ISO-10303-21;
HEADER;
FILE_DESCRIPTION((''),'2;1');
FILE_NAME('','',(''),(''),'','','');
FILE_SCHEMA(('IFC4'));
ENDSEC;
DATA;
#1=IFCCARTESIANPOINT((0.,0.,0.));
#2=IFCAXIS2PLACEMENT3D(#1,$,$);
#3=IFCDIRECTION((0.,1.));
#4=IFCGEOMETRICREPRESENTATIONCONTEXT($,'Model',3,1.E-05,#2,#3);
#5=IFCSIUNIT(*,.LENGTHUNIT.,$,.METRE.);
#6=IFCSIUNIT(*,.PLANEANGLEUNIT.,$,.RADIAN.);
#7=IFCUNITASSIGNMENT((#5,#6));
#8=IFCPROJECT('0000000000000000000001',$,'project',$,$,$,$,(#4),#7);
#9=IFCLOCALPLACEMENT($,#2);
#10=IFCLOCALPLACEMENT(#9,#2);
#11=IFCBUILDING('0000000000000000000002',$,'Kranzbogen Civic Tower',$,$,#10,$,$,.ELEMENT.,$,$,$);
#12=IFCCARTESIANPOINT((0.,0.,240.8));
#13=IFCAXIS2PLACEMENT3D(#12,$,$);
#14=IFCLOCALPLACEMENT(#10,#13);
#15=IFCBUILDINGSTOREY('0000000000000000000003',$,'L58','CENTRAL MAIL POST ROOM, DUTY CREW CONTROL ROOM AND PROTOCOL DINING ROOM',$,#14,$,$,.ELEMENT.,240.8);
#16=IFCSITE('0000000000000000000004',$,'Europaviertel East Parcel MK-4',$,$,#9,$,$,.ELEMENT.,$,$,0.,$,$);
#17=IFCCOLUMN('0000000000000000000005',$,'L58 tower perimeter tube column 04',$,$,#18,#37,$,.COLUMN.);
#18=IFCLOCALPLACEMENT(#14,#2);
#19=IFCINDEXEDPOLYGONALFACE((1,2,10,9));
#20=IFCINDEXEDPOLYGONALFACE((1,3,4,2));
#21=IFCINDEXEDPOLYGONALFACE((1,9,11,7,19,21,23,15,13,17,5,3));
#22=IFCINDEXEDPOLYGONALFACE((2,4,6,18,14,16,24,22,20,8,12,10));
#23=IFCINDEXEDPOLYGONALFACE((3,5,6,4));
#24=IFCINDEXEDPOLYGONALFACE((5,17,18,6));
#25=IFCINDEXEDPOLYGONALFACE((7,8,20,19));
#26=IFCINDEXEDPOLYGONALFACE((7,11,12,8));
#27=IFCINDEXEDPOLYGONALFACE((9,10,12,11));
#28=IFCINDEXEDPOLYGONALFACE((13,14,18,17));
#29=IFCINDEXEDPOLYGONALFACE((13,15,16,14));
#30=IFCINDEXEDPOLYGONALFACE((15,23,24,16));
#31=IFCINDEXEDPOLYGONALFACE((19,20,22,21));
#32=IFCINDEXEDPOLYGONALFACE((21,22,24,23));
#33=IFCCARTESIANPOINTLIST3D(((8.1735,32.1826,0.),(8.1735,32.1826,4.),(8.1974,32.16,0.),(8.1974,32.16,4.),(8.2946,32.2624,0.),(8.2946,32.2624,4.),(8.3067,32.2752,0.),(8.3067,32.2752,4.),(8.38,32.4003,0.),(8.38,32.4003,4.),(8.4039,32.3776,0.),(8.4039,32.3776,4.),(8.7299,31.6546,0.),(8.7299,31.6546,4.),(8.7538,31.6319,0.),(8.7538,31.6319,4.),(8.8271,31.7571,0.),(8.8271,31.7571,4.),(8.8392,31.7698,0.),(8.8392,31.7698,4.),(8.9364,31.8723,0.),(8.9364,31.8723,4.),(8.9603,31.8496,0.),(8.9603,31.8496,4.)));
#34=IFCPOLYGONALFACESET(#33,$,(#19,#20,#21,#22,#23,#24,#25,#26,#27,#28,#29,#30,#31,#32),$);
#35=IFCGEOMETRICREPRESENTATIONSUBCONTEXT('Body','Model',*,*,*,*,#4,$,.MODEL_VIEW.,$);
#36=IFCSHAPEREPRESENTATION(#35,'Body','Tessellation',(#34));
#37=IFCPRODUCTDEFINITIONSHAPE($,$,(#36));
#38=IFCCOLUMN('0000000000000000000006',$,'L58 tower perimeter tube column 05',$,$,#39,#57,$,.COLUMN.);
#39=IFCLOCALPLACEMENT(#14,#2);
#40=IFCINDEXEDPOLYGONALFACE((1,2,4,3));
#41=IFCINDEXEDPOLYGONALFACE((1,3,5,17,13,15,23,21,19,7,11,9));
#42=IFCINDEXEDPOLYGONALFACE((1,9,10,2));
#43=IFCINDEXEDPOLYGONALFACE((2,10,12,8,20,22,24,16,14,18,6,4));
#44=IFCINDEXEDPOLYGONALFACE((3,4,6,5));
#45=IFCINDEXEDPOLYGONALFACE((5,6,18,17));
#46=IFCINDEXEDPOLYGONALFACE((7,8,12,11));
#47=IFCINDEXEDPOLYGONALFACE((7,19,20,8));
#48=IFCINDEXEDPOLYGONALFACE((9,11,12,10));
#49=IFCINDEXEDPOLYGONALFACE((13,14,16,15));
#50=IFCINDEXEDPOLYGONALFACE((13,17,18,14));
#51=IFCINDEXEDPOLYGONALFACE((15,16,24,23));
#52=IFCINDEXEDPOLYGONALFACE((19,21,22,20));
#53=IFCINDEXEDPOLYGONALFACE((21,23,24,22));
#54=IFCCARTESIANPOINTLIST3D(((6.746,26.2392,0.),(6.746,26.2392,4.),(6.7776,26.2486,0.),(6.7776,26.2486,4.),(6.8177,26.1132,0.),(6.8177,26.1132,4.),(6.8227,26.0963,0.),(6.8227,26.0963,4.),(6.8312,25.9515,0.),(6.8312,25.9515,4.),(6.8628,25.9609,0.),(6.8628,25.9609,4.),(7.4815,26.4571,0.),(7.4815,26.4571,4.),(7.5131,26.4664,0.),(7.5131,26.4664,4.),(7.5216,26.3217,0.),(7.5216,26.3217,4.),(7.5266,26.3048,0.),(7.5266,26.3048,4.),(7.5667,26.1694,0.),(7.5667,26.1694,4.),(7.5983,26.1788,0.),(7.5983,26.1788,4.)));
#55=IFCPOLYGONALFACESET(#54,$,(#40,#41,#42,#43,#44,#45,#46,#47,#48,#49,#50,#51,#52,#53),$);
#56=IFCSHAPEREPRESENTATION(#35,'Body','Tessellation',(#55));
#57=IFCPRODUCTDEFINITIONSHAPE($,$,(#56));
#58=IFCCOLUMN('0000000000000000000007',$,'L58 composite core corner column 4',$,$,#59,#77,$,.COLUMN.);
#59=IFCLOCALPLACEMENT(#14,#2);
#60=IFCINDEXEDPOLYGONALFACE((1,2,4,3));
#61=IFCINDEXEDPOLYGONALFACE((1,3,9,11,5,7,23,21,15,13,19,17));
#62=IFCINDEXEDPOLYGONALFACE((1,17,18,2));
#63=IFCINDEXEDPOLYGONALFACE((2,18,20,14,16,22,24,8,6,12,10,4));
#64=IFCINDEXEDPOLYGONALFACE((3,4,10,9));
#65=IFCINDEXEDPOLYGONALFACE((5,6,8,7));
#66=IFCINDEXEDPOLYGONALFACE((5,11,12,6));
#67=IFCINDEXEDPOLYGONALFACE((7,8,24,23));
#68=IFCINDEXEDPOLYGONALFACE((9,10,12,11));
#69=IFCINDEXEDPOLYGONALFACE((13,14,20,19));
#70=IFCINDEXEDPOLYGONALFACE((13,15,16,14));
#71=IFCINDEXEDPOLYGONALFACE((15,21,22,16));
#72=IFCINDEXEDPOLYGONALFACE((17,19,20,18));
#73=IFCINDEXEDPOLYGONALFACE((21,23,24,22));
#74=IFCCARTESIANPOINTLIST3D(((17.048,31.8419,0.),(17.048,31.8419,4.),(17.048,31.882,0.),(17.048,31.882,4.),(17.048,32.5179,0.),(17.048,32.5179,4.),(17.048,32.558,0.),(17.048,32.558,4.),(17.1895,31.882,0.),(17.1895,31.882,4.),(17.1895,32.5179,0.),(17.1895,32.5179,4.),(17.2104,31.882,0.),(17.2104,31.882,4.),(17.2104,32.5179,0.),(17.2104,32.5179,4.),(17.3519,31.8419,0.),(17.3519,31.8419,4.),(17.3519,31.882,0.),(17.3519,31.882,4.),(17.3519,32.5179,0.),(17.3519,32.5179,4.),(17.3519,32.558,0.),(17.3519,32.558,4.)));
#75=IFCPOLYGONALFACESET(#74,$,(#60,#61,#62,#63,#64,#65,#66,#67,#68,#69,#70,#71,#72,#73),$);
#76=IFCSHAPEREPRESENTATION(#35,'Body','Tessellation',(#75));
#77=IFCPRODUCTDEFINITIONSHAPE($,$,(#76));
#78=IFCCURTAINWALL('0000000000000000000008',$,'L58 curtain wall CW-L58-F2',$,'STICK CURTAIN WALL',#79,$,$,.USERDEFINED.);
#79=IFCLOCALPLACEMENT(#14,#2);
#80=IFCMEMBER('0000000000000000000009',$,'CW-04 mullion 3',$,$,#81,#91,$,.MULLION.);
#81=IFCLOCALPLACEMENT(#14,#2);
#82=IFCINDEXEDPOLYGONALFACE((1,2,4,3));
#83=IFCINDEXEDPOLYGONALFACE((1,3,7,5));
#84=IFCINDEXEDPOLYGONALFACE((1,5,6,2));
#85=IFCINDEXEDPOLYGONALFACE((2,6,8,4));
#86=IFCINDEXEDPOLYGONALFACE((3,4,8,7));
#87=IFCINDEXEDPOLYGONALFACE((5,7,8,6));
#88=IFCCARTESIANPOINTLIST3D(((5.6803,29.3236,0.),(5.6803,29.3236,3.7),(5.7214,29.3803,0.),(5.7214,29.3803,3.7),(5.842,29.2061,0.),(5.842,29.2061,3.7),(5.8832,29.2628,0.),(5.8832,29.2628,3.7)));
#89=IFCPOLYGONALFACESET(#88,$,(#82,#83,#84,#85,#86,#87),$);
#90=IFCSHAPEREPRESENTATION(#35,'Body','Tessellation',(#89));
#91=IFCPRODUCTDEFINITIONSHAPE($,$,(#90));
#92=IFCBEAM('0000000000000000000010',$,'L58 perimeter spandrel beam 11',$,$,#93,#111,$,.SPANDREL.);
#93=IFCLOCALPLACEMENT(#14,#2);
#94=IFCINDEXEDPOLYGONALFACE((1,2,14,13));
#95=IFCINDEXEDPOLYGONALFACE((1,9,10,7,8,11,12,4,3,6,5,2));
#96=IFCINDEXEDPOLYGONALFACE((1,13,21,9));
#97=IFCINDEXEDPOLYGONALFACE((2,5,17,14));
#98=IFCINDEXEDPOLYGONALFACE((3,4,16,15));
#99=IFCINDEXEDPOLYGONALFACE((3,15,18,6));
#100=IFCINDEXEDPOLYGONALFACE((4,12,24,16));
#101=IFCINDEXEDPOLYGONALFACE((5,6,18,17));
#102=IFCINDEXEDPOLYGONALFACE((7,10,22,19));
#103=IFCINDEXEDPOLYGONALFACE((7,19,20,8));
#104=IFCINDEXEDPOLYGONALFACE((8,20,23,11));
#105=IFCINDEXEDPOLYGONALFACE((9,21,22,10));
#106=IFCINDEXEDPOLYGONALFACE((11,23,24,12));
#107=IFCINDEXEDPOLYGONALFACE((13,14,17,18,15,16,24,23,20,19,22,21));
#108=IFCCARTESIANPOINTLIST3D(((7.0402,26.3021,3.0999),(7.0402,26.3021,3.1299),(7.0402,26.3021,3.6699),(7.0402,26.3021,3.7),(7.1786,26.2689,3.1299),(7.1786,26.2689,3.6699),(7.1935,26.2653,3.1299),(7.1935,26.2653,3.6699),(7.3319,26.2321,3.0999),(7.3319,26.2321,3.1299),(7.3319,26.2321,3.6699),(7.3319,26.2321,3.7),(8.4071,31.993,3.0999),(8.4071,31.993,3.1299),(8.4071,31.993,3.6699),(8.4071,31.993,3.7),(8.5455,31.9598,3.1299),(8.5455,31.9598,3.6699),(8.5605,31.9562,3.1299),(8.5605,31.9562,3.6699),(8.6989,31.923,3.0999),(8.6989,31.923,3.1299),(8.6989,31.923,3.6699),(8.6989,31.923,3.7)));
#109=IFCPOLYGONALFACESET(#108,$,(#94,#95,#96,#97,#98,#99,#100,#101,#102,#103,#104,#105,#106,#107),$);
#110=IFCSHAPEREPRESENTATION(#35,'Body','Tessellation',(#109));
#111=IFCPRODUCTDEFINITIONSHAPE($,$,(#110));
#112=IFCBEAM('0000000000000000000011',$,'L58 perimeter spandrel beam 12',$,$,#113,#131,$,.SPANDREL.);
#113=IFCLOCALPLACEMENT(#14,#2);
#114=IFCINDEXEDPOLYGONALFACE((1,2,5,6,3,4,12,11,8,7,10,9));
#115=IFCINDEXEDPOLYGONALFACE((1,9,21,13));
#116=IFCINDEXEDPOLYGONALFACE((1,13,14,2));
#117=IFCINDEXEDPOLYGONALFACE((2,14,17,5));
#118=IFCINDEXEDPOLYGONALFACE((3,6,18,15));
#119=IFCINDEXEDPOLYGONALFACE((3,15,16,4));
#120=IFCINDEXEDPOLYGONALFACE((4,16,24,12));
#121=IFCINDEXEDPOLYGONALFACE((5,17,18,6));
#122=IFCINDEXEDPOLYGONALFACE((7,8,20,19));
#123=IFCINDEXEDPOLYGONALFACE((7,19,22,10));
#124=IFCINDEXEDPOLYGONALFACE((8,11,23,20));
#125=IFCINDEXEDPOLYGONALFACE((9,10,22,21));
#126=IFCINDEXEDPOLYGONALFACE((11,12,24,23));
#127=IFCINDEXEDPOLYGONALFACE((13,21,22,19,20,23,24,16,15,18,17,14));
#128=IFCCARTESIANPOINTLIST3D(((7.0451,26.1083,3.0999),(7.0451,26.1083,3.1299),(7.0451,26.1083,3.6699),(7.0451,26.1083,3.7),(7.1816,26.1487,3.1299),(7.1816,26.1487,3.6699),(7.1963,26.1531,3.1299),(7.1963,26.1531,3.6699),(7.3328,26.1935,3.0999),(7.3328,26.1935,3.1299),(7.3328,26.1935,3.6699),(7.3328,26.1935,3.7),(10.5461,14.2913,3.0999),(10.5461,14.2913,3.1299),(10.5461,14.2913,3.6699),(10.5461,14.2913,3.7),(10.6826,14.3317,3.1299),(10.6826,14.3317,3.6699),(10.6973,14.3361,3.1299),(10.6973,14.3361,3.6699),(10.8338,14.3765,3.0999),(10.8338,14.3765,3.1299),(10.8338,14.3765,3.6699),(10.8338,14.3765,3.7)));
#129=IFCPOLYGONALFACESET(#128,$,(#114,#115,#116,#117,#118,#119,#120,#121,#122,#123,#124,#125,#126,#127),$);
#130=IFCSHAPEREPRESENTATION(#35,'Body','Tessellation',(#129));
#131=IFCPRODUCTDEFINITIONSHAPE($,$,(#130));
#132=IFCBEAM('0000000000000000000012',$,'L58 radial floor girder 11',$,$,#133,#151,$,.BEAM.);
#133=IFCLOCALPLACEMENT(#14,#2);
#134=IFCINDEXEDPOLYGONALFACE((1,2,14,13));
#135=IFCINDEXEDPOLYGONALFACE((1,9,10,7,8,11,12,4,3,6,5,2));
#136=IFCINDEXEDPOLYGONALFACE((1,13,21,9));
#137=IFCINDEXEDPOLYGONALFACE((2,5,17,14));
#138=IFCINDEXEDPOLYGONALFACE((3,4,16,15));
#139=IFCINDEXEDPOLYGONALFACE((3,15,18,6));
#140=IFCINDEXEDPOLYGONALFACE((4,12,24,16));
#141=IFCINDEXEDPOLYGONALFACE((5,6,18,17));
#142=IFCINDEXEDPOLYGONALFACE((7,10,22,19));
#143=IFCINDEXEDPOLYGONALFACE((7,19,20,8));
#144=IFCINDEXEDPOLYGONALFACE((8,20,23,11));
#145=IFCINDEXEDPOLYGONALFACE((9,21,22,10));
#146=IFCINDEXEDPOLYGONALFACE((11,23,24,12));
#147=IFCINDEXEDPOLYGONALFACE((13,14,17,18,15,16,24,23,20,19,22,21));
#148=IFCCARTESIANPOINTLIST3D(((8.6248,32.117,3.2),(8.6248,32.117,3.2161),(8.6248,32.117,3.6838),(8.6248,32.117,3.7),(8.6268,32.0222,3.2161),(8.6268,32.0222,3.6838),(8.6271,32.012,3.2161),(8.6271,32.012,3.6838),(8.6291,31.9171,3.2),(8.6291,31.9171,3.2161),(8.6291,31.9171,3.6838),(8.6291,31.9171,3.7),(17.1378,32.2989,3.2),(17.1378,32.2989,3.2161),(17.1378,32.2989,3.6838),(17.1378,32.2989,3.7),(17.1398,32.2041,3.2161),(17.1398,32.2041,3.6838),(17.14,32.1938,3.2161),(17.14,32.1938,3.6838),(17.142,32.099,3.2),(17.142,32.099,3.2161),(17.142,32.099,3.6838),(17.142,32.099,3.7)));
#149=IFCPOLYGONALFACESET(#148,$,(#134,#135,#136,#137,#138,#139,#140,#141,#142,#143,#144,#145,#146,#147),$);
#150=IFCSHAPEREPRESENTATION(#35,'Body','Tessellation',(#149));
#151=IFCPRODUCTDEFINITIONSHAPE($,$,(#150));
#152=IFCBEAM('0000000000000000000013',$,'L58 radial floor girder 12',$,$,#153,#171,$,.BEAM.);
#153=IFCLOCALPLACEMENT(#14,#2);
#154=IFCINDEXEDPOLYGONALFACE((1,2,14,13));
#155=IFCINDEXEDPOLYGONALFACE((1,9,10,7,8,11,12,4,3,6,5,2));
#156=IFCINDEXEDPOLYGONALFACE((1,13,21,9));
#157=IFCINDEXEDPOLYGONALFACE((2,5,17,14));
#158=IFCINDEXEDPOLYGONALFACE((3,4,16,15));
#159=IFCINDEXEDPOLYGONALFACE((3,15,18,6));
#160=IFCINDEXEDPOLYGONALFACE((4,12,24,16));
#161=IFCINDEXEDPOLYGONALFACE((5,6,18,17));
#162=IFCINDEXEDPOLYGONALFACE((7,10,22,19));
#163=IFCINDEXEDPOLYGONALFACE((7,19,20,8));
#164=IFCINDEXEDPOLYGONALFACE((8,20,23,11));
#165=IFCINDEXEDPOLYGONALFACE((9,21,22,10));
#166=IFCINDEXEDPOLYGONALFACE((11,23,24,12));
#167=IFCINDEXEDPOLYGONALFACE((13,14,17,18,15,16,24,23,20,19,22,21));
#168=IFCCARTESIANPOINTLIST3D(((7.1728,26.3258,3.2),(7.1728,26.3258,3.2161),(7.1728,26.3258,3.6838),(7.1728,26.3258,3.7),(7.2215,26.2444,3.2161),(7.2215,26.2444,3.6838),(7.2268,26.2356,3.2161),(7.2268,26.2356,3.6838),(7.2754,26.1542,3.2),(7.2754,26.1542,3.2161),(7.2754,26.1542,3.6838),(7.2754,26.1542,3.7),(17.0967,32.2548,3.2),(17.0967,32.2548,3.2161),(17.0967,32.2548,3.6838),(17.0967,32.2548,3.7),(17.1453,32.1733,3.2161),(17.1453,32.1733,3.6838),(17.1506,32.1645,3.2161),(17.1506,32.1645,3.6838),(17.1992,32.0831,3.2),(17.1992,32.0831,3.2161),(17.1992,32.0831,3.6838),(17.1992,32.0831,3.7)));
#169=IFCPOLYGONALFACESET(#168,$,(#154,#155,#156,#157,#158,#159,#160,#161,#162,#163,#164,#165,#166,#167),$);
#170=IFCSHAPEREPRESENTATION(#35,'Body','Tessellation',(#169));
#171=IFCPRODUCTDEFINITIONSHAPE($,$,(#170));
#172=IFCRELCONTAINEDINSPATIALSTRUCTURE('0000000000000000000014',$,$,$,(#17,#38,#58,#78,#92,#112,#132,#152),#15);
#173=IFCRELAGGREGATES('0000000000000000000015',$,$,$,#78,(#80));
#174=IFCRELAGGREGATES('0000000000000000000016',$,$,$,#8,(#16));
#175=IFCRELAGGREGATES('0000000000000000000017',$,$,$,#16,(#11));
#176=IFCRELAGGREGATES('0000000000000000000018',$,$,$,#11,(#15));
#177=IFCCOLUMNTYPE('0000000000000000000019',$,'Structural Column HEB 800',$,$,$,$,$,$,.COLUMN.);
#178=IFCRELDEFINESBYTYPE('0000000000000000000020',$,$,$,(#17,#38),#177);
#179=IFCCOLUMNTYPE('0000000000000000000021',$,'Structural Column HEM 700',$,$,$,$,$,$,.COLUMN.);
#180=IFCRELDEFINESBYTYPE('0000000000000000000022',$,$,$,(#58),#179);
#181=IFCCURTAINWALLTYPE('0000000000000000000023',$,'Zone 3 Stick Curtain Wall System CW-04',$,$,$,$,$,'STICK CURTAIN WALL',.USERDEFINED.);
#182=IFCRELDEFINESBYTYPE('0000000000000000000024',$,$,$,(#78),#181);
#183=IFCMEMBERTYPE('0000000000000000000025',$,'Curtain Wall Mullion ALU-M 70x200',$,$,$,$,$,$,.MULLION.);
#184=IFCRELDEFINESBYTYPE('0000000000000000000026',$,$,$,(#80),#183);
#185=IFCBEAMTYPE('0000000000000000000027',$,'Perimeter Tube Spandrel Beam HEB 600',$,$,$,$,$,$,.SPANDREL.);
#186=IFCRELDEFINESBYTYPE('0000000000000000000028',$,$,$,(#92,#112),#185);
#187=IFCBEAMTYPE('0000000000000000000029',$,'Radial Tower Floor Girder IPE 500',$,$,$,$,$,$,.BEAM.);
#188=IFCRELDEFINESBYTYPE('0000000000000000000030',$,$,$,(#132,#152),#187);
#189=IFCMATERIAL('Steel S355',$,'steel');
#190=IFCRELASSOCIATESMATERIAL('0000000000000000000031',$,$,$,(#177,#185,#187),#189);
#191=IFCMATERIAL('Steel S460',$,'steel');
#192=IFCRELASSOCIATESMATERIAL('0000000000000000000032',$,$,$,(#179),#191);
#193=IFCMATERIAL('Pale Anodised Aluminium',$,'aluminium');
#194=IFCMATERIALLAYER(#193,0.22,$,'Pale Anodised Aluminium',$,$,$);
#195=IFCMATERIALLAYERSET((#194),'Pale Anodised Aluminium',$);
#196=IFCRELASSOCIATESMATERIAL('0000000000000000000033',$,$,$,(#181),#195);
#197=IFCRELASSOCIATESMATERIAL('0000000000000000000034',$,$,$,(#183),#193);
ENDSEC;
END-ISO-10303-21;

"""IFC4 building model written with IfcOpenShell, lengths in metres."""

from ifc_helpers import new_model, si_unit, direction, frame, origin, origin_2d, place, context, subcontext, project, spatial, rectangle, i_section, extrude, material, layer, layer_set, material_profile, profile_set, type_object, element, aggregate, save


model = new_model("IFC4")

# Units and contexts
model_context = context("Model", 3, precision=1e-05, world=origin(), true_north=direction((0.0, 1.0)))
body_context = subcontext(model_context, "Body", "Model", "MODEL_VIEW")
ifc_project = project(units=[si_unit("LENGTHUNIT", "METRE"), si_unit("PLANEANGLEUNIT", "RADIAN")], contexts=[model_context])

# Site, building, storey
site_placement = place(None, origin())
site = spatial("IfcSite", under=ifc_project, at=site_placement, Name="Europaviertel East Parcel MK-4", CompositionType="ELEMENT", RefElevation=0.0)
building_placement = place(site_placement, origin())
building = spatial("IfcBuilding", under=site, at=building_placement, Name="Kranzbogen Civic Tower", CompositionType="ELEMENT")
storey_placement = place(building_placement, frame((0.0, 0.0, 240.8)))
storey = spatial("IfcBuildingStorey", under=building, at=storey_placement, Name="L58", Description="CENTRAL MAIL POST ROOM, DUTY CREW CONTROL ROOM AND PROTOCOL DINING ROOM", CompositionType="ELEMENT", Elevation=240.8)

# Columns
ifc_material_1 = material(Name="Steel S355", Category="steel")
ifc_material_profile_1 = material_profile(ifc_material_1, i_section(OverallWidth=0.3, OverallDepth=0.8, WebThickness=0.0176, FlangeThickness=0.033, at=origin_2d()), Name="HEB 800")
ifc_profile_set_1 = profile_set([ifc_material_profile_1], Name="Steel S355")
column_type_1 = type_object("IfcColumnType", Name="Structural Column HEB 800", PredefinedType="COLUMN", material=ifc_profile_set_1)
for number, where, z_axis, x_axis, name in (
    (1, (8.5669, 32.0161, 0.0), (0.0, 0.0, 1.0), (0.688355, 0.725374, 0.0), "L58 tower perimeter tube column 04"),
    (2, (7.1721, 26.209, 0.0), (0.0, 0.0, 1.0), (-0.284015, 0.95882, 0.0), "L58 tower perimeter tube column 05"),
):
    element("IfcColumn", number, at=place(storey_placement, frame(where, z_axis=z_axis, x_axis=x_axis)), inside=storey, type_object=column_type_1, Name=name, PredefinedType="COLUMN", context=body_context, shape_type="SweptSolid", body=[
        extrude(i_section(OverallWidth=0.3, OverallDepth=0.8, WebThickness=0.0176, FlangeThickness=0.033, at=origin_2d()), origin(), (0.0, 0.0, 1.0), 4.0),
    ])
ifc_material_2 = material(Name="Steel S460", Category="steel")
ifc_material_profile_2 = material_profile(ifc_material_2, i_section(OverallWidth=0.304, OverallDepth=0.7161, WebThickness=0.021, FlangeThickness=0.04, at=origin_2d()), Name="HEM 700")
ifc_profile_set_2 = profile_set([ifc_material_profile_2], Name="Steel S460")
column_type_2 = type_object("IfcColumnType", Name="Structural Column HEM 700", PredefinedType="COLUMN", material=ifc_profile_set_2)
column_placement = place(storey_placement, frame((17.2, 32.2, 0.0), z_axis=(0.0, 0.0, 1.0), x_axis=(1.0, 0.0, 0.0)))
element("IfcColumn", 3, at=column_placement, inside=storey, type_object=column_type_2, Name="L58 composite core corner column 4", PredefinedType="COLUMN", context=body_context, shape_type="SweptSolid", body=[
    extrude(i_section(OverallWidth=0.304, OverallDepth=0.7161, WebThickness=0.021, FlangeThickness=0.04, at=origin_2d()), origin(), (0.0, 0.0, 1.0), 4.0),
])

# Curtain wall, member
ifc_material_3 = material(Name="Pale Anodised Aluminium", Category="aluminium")
ifc_layer_1 = layer(ifc_material_3, 0.22, Name="Pale Anodised Aluminium")
ifc_layer_set_1 = layer_set([ifc_layer_1], Name="Pale Anodised Aluminium")
curtain_wall_type = type_object("IfcCurtainWallType", Name="Zone 3 Stick Curtain Wall System CW-04", ElementType="STICK CURTAIN WALL", PredefinedType="USERDEFINED", material=ifc_layer_set_1)
curtain_wall_placement = place(storey_placement, origin())
curtain_wall = element("IfcCurtainWall", 4, at=curtain_wall_placement, inside=storey, type_object=curtain_wall_type, Name="L58 curtain wall CW-L58-F2", ObjectType="STICK CURTAIN WALL", PredefinedType="USERDEFINED")
ifc_material_profile_3 = material_profile(ifc_material_3, rectangle(XDim=0.0701, YDim=0.2, at=origin_2d()), Name="ALU-M 70x200")
ifc_profile_set_3 = profile_set([ifc_material_profile_3], Name="Pale Anodised Aluminium")
member_type = type_object("IfcMemberType", Name="Curtain Wall Mullion ALU-M 70x200", PredefinedType="MULLION", material=ifc_profile_set_3)
member_placement = place(storey_placement, frame((5.7817, 29.2932, 0.0), z_axis=(0.0, 0.0, 1.0), x_axis=(-0.587778, -0.809022, 0.0)))
member = element("IfcMember", 5, at=member_placement, type_object=member_type, Name="CW-04 mullion 3", PredefinedType="MULLION", context=body_context, shape_type="SweptSolid", body=[
    extrude(rectangle(XDim=0.0701, YDim=0.2, at=origin_2d()), origin(), (0.0, 0.0, 1.0), 3.7),
])

# Beams
ifc_material_profile_4 = material_profile(ifc_material_1, i_section(OverallWidth=0.3, OverallDepth=0.6001, WebThickness=0.0154, FlangeThickness=0.03, at=origin_2d()), Name="HEB 600")
ifc_profile_set_4 = profile_set([ifc_material_profile_4], Name="Steel S355")
beam_type_1 = type_object("IfcBeamType", Name="Perimeter Tube Spandrel Beam HEB 600", PredefinedType="SPANDREL", material=ifc_profile_set_4)
beam_1_placement = place(storey_placement, frame((8.553, 31.958, 3.3999), z_axis=(-0.233554, -0.972344, 0.0), x_axis=(0.972344, -0.233554, 0.0)))
element("IfcBeam", 6, at=beam_1_placement, inside=storey, type_object=beam_type_1, Name="L58 perimeter spandrel beam 11", PredefinedType="SPANDREL", context=body_context, shape_type="SweptSolid", body=[
    extrude(i_section(OverallWidth=0.3, OverallDepth=0.6001, WebThickness=0.0154, FlangeThickness=0.03, at=origin_2d()), origin(), (0.0, 0.0, 1.0), 5.8528),
])
beam_2_placement = place(storey_placement, frame((7.189, 26.1509, 3.3999), z_axis=(0.284064, -0.958805, 0.0), x_axis=(0.958805, 0.284064, 0.0)))
element("IfcBeam", 7, at=beam_2_placement, inside=storey, type_object=beam_type_1, Name="L58 perimeter spandrel beam 12", PredefinedType="SPANDREL", context=body_context, shape_type="SweptSolid", body=[
    extrude(i_section(OverallWidth=0.3, OverallDepth=0.6001, WebThickness=0.0154, FlangeThickness=0.03, at=origin_2d()), origin(), (0.0, 0.0, 1.0), 12.3247),
])
ifc_material_profile_5 = material_profile(ifc_material_1, i_section(OverallWidth=0.2, OverallDepth=0.5, WebThickness=0.0103, FlangeThickness=0.0161, at=origin_2d()), Name="IPE 500")
ifc_profile_set_5 = profile_set([ifc_material_profile_5], Name="Steel S355")
beam_type_2 = type_object("IfcBeamType", Name="Radial Tower Floor Girder IPE 500", PredefinedType="BEAM", material=ifc_profile_set_5)
beam_3_placement = place(storey_placement, frame((8.627, 32.0171, 3.45), z_axis=(0.999772, 0.021361, 0.0), x_axis=(-0.021361, 0.999772, 0.0)))
element("IfcBeam", 8, at=beam_3_placement, inside=storey, type_object=beam_type_2, Name="L58 radial floor girder 11", PredefinedType="BEAM", context=body_context, shape_type="SweptSolid", body=[
    extrude(i_section(OverallWidth=0.2, OverallDepth=0.5, WebThickness=0.0103, FlangeThickness=0.0161, at=origin_2d()), origin(), (0.0, 0.0, 1.0), 8.5149),
])
beam_4_placement = place(storey_placement, frame((7.2241, 26.24, 3.45), z_axis=(0.858459, 0.512883, 0.0), x_axis=(-0.512883, 0.858459, 0.0)))
element("IfcBeam", 9, at=beam_4_placement, inside=storey, type_object=beam_type_2, Name="L58 radial floor girder 12", PredefinedType="BEAM", context=body_context, shape_type="SweptSolid", body=[
    extrude(i_section(OverallWidth=0.2, OverallDepth=0.5, WebThickness=0.0103, FlangeThickness=0.0161, at=origin_2d()), origin(), (0.0, 0.0, 1.0), 11.5601),
])

aggregate(curtain_wall, [member])

save(model, "model.ifc")
